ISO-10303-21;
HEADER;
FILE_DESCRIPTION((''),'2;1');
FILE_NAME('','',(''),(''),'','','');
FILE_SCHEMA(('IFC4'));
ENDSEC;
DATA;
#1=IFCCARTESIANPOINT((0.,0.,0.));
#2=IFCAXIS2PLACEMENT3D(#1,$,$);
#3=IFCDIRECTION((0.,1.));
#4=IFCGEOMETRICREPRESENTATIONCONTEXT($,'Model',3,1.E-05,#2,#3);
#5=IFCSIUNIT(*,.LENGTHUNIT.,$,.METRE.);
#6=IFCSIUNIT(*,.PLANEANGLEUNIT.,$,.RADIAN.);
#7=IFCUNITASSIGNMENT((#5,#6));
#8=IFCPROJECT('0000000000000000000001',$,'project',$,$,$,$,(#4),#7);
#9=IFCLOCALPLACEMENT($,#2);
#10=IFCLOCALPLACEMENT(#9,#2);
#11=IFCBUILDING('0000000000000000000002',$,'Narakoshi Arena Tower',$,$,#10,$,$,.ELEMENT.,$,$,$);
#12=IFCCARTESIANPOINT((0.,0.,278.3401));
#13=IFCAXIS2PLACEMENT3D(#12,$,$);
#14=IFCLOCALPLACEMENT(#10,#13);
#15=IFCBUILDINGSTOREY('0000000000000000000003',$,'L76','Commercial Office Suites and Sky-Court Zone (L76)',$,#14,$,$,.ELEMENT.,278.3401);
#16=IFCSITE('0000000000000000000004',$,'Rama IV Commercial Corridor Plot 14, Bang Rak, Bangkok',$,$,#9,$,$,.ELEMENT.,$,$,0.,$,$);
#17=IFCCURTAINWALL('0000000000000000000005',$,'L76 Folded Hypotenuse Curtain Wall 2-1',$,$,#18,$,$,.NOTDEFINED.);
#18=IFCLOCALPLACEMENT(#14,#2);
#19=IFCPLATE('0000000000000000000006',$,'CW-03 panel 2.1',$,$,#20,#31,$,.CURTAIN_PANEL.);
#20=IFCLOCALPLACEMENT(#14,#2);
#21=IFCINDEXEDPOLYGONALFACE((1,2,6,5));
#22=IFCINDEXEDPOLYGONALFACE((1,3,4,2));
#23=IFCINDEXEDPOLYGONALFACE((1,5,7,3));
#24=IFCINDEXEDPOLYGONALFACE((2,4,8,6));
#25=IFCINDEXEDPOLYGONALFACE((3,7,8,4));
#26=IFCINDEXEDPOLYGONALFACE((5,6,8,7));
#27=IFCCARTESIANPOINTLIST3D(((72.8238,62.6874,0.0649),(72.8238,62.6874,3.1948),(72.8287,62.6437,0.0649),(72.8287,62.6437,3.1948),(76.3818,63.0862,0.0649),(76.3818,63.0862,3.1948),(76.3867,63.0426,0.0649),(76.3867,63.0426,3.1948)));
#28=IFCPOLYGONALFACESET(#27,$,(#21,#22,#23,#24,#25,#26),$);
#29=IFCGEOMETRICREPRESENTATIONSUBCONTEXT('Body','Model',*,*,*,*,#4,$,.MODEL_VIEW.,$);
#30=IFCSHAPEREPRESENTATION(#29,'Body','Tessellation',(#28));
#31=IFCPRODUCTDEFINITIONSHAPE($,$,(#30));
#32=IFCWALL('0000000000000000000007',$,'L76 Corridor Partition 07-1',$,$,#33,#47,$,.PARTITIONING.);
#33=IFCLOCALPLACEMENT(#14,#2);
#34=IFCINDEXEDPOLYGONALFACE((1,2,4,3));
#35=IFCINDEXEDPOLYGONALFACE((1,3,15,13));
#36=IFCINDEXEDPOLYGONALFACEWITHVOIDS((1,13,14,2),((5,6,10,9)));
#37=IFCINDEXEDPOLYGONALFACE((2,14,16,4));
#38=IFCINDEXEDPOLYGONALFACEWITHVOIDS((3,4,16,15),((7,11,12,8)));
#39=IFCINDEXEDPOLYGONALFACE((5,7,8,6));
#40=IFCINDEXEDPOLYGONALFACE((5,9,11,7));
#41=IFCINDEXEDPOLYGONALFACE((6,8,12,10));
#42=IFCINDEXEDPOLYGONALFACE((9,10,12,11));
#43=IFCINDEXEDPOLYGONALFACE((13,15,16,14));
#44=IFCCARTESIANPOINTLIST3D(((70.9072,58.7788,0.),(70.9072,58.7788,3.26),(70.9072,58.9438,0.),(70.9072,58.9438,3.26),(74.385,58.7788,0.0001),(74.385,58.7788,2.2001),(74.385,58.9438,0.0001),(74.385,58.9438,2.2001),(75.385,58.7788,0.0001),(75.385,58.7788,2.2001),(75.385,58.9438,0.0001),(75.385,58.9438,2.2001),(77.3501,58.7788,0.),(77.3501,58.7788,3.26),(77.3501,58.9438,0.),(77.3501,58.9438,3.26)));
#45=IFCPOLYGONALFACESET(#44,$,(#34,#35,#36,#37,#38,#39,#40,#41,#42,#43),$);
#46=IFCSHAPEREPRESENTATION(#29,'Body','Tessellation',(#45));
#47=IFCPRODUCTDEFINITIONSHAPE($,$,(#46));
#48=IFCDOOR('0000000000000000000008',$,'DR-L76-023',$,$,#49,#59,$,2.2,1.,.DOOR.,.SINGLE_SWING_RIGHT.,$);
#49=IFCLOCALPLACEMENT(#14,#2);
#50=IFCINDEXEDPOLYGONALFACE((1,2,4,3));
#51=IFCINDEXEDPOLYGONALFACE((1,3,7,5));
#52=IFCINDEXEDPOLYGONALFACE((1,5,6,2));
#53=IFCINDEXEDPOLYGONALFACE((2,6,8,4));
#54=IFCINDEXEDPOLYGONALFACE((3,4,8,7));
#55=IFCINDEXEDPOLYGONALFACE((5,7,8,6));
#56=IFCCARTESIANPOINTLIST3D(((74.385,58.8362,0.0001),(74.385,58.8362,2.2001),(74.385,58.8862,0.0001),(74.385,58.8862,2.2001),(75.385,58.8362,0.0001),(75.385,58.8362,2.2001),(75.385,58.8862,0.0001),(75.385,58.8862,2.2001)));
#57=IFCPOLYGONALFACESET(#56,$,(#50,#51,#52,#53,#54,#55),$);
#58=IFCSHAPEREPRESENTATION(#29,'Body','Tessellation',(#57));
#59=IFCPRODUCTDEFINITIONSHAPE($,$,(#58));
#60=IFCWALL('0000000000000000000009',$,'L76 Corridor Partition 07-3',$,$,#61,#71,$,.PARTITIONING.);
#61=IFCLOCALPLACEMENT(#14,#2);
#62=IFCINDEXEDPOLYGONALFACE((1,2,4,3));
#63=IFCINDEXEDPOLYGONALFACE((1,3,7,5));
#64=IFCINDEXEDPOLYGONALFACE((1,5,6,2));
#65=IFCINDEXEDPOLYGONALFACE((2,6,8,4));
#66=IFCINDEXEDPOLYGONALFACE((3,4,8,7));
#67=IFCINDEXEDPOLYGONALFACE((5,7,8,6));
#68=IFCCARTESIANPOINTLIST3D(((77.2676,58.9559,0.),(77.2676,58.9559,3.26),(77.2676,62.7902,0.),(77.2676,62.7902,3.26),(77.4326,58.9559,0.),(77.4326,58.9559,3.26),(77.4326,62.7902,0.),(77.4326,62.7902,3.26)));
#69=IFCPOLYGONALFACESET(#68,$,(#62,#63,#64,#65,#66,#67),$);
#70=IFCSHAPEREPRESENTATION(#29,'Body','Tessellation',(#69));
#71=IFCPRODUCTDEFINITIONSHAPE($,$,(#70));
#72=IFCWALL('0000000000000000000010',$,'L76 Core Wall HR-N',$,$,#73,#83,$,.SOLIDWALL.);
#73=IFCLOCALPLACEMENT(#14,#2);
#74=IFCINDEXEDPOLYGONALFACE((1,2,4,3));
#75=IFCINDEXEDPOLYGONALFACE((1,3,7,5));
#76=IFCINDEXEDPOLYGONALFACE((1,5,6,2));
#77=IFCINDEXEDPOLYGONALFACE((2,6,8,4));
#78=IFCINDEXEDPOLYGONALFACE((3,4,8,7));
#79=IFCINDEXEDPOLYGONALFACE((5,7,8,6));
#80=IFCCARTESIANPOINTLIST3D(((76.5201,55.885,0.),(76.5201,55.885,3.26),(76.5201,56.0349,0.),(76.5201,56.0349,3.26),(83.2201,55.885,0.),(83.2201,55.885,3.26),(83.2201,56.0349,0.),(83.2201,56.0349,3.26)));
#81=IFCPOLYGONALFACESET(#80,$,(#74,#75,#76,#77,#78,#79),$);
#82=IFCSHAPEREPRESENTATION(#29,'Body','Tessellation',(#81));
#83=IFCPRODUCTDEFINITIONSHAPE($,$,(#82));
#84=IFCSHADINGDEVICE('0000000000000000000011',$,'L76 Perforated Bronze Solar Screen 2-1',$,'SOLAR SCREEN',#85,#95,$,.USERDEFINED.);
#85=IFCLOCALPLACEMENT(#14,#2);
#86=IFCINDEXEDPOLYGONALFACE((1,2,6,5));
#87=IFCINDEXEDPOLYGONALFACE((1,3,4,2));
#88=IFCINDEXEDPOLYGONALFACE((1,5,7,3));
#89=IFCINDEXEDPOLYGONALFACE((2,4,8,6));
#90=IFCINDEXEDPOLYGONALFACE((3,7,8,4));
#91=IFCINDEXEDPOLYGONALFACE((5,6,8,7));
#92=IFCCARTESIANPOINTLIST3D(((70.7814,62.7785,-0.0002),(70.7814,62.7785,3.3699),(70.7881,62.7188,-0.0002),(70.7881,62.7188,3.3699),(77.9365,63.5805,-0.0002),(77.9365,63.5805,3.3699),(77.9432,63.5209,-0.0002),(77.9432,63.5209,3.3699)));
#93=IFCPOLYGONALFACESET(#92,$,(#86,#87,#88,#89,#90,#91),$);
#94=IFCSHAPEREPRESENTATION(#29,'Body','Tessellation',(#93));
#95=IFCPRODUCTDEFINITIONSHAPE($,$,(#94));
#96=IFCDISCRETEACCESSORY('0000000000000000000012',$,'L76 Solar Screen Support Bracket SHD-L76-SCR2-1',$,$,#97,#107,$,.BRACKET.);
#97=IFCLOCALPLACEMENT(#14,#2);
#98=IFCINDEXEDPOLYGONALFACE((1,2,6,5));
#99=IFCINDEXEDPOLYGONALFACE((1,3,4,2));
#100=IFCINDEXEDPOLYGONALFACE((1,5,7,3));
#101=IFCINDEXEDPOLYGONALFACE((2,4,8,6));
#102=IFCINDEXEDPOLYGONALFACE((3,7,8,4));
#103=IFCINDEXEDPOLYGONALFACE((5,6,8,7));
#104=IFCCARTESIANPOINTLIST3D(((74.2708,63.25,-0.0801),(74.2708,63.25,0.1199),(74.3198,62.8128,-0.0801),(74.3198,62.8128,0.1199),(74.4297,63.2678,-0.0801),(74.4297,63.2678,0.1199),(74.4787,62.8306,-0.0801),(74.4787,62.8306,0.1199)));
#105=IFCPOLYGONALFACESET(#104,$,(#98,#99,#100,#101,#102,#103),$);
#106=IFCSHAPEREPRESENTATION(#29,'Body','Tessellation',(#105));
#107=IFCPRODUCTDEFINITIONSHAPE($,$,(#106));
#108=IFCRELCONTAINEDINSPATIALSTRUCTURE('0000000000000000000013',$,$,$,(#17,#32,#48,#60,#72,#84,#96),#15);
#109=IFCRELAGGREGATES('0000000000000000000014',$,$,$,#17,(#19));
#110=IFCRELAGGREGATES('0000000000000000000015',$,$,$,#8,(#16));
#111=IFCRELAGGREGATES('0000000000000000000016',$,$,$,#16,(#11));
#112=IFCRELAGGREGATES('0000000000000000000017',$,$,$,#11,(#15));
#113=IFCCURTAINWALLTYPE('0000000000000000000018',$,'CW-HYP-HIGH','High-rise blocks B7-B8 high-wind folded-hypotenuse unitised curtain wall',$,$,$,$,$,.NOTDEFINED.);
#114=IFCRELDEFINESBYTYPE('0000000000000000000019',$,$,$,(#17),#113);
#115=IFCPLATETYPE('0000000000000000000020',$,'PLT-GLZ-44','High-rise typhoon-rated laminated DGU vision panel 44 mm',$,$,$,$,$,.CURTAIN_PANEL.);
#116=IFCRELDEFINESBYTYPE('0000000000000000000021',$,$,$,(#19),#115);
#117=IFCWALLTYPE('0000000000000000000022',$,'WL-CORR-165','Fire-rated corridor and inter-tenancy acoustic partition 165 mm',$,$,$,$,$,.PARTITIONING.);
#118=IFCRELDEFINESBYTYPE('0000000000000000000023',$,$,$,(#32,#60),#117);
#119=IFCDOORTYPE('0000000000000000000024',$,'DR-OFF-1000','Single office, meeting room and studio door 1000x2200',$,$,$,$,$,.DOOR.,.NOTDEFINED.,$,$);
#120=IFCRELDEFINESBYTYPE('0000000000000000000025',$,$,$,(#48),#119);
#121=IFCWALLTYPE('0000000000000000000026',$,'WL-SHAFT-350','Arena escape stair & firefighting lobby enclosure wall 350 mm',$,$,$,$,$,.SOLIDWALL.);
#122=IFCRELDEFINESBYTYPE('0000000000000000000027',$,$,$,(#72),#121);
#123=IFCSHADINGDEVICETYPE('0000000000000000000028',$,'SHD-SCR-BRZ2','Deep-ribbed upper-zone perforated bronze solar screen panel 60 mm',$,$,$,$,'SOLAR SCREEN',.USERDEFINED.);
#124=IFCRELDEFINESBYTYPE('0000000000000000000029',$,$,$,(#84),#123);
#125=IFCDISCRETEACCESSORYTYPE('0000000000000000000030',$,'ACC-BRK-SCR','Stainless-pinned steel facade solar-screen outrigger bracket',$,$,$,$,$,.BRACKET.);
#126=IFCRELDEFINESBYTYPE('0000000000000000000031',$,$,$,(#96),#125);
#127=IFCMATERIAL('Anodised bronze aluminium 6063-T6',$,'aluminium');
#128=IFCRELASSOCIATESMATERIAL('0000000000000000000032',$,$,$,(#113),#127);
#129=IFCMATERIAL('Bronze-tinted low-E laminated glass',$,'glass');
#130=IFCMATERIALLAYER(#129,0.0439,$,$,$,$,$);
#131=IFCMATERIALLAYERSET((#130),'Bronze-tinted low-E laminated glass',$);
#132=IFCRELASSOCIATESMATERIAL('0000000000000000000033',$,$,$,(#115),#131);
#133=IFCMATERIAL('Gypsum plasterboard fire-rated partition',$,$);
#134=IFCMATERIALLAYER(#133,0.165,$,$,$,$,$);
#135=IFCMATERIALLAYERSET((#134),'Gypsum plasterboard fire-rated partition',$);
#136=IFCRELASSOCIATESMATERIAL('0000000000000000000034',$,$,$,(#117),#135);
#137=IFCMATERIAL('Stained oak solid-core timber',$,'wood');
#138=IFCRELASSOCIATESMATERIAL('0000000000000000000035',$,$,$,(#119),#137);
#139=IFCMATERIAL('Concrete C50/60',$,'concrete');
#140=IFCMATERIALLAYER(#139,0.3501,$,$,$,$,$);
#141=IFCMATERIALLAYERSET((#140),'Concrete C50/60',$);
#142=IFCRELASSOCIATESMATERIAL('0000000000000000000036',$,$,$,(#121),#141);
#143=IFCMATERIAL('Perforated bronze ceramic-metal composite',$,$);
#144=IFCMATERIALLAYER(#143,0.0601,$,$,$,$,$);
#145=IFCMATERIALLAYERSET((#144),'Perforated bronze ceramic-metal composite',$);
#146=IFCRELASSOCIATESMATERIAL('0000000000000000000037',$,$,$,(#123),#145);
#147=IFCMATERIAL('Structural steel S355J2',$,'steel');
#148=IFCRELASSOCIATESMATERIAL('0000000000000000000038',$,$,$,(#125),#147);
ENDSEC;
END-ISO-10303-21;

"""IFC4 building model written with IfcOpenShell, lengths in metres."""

from ifc_helpers import new_model, si_unit, direction, frame, frame_2d, origin, origin_2d, place, context, subcontext, project, spatial, rectangle, extrude, material, layer, layer_set, type_object, element, fill, aggregate, save


model = new_model("IFC4")

# Units and contexts
model_context = context("Model", 3, precision=1e-05, world=origin(), true_north=direction((0.0, 1.0)))
body_context = subcontext(model_context, "Body", "Model", "MODEL_VIEW")
ifc_project = project(units=[si_unit("LENGTHUNIT", "METRE"), si_unit("PLANEANGLEUNIT", "RADIAN")], contexts=[model_context])

# Site, building, storey
site_placement = place(None, origin())
site = spatial("IfcSite", under=ifc_project, at=site_placement, Name="Rama IV Commercial Corridor Plot 14, Bang Rak, Bangkok", CompositionType="ELEMENT", RefElevation=0.0)
building_placement = place(site_placement, origin())
building = spatial("IfcBuilding", under=site, at=building_placement, Name="Narakoshi Arena Tower", CompositionType="ELEMENT")
storey_placement = place(building_placement, frame((0.0, 0.0, 278.3401)))
storey = spatial("IfcBuildingStorey", under=building, at=storey_placement, Name="L76", Description="Commercial Office Suites and Sky-Court Zone (L76)", CompositionType="ELEMENT", Elevation=278.3401)

# Shared definitions
ifc_material_1 = material(Name="Structural steel S355J2", Category="steel")

# Curtain wall, plate
ifc_material_2 = material(Name="Anodised bronze aluminium 6063-T6", Category="aluminium")
curtain_wall_type = type_object("IfcCurtainWallType", Name="CW-HYP-HIGH", Description="High-rise blocks B7-B8 high-wind folded-hypotenuse unitised curtain wall", PredefinedType="NOTDEFINED", material=ifc_material_2)
curtain_wall_placement = place(storey_placement, origin())
curtain_wall = element("IfcCurtainWall", 1, at=curtain_wall_placement, inside=storey, type_object=curtain_wall_type, Name="L76 Folded Hypotenuse Curtain Wall 2-1", PredefinedType="NOTDEFINED")
ifc_material_3 = material(Name="Bronze-tinted low-E laminated glass", Category="glass")
ifc_layer_1 = layer(ifc_material_3, 0.0439)
ifc_layer_set_1 = layer_set([ifc_layer_1], Name="Bronze-tinted low-E laminated glass")
plate_type = type_object("IfcPlateType", Name="PLT-GLZ-44", Description="High-rise typhoon-rated laminated DGU vision panel 44 mm", PredefinedType="CURTAIN_PANEL", material=ifc_layer_set_1)
plate_1_placement = place(storey_placement, frame((74.6052, 62.865, 0.0649), z_axis=(0.0, 0.0, 1.0), x_axis=(-0.993776, -0.111396, 0.0)))
plate_1 = element("IfcPlate", 2, at=plate_1_placement, type_object=plate_type, Name="CW-03 panel 2.1", PredefinedType="CURTAIN_PANEL", context=body_context, shape_type="SweptSolid", body=[
    extrude(rectangle(XDim=3.5803, YDim=0.0439, at=origin_2d()), origin(), (0.0, 0.0, 1.0), 3.1299),
])
aggregate(curtain_wall, [plate_1])

# Wall, opening, door
ifc_material_4 = material(Name="Gypsum plasterboard fire-rated partition")
ifc_layer_2 = layer(ifc_material_4, 0.165)
ifc_layer_set_2 = layer_set([ifc_layer_2], Name="Gypsum plasterboard fire-rated partition")
wall_type_1 = type_object("IfcWallType", Name="WL-CORR-165", Description="Fire-rated corridor and inter-tenancy acoustic partition 165 mm", PredefinedType="PARTITIONING", material=ifc_layer_set_2)
wall_1_placement = place(storey_placement, frame((77.3501, 58.8613, 0.0), z_axis=(0.0, 0.0, 1.0), x_axis=(-1.0, 0.0, 0.0)))
wall_1 = element("IfcWall", 3, at=wall_1_placement, inside=storey, type_object=wall_type_1, Name="L76 Corridor Partition 07-1", PredefinedType="PARTITIONING", context=body_context, shape_type="SweptSolid", body=[
    extrude(rectangle(XDim=6.4429, YDim=0.165, at=frame_2d((3.2214, 0.0))), origin(), (0.0, 0.0, 1.0), 3.26),
])
opening_placement = place(wall_1_placement, frame((1.9651, 0.0, 0.0)))
opening = element("IfcOpeningElement", 4, at=opening_placement, cuts=wall_1, PredefinedType="OPENING", context=body_context, shape_type="SweptSolid", body=[
    extrude(rectangle(XDim=1.0, YDim=2.2, at=frame_2d((0.5, 1.1001))), frame((0.0, 0.0925, 0.0), z_axis=(0.0, -1.0, 0.0), x_axis=(1.0, 0.0, 0.0)), (0.0, 0.0, 1.0), 0.1851),
])
ifc_material_5 = material(Name="Stained oak solid-core timber", Category="wood")
door_type = type_object("IfcDoorType", Name="DR-OFF-1000", Description="Single office, meeting room and studio door 1000x2200", OperationType="NOTDEFINED", PredefinedType="DOOR", material=ifc_material_5)
door_placement = place(opening_placement, frame((1.0, 0.0, 0.0), z_axis=(0.0, 0.0, 1.0), x_axis=(-1.0, 0.0, 0.0)))
door = element("IfcDoor", 5, at=door_placement, inside=storey, type_object=door_type, Name="DR-L76-023", OperationType="SINGLE_SWING_RIGHT", OverallHeight=2.2, OverallWidth=1.0, PredefinedType="DOOR", context=body_context, shape_type="SweptSolid", body=[
    extrude(rectangle(XDim=1.0, YDim=2.2, at=frame_2d((0.5, 1.1001))), frame((0.0, 0.0249, 0.0), z_axis=(0.0, -1.0, 0.0), x_axis=(1.0, 0.0, 0.0)), (0.0, 0.0, 1.0), 0.05),
])
fill(opening, door)

# Walls
wall_2_placement = place(storey_placement, frame((77.3501, 62.79, 0.0), z_axis=(0.0, 0.0, 1.0), x_axis=(0.0, -1.0, 0.0)))
element("IfcWall", 6, at=wall_2_placement, inside=storey, type_object=wall_type_1, Name="L76 Corridor Partition 07-3", PredefinedType="PARTITIONING", context=body_context, shape_type="SweptSolid", body=[
    extrude(rectangle(XDim=3.8342, YDim=0.165, at=frame_2d((1.917, 0.0))), origin(), (0.0, 0.0, 1.0), 3.26),
])
ifc_material_6 = material(Name="Concrete C50/60", Category="concrete")
ifc_layer_3 = layer(ifc_material_6, 0.3501)
ifc_layer_set_3 = layer_set([ifc_layer_3], Name="Concrete C50/60")
wall_type_2 = type_object("IfcWallType", Name="WL-SHAFT-350", Description="Arena escape stair & firefighting lobby enclosure wall 350 mm", PredefinedType="SOLIDWALL", material=ifc_layer_set_3)
wall_3_placement = place(storey_placement, frame((76.52, 55.96, 0.0), z_axis=(0.0, 0.0, 1.0), x_axis=(1.0, 0.0, 0.0)))
element("IfcWall", 7, at=wall_3_placement, inside=storey, type_object=wall_type_2, Name="L76 Core Wall HR-N", PredefinedType="SOLIDWALL", context=body_context, shape_type="SweptSolid", body=[
    extrude(rectangle(XDim=6.7, YDim=0.1499, at=frame_2d((3.3501, 0.0))), origin(), (0.0, 0.0, 1.0), 3.26),
])

# Shading device
ifc_material_7 = material(Name="Perforated bronze ceramic-metal composite")
ifc_layer_4 = layer(ifc_material_7, 0.0601)
ifc_layer_set_4 = layer_set([ifc_layer_4], Name="Perforated bronze ceramic-metal composite")
shading_device_type = type_object("IfcShadingDeviceType", Name="SHD-SCR-BRZ2", Description="Deep-ribbed upper-zone perforated bronze solar screen panel 60 mm", ElementType="SOLAR SCREEN", PredefinedType="USERDEFINED", material=ifc_layer_set_4)
shading_device_placement = place(storey_placement, frame((74.3623, 63.1497, -0.0002), z_axis=(0.0, 0.0, 1.0), x_axis=(-0.993776, -0.1114, 0.0)))
element("IfcShadingDevice", 8, at=shading_device_placement, inside=storey, type_object=shading_device_type, Name="L76 Perforated Bronze Solar Screen 2-1", ObjectType="SOLAR SCREEN", PredefinedType="USERDEFINED", context=body_context, shape_type="SweptSolid", body=[
    extrude(rectangle(XDim=7.2, YDim=0.0601, at=origin_2d()), origin(), (0.0, 0.0, 1.0), 3.3701),
])

# Discrete accessory
discrete_accessory_type = type_object("IfcDiscreteAccessoryType", Name="ACC-BRK-SCR", Description="Stainless-pinned steel facade solar-screen outrigger bracket", PredefinedType="BRACKET", material=ifc_material_1)
discrete_accessory_placement = place(storey_placement, frame((74.3748, 63.0403, -0.0801), z_axis=(0.0, 0.0, 1.0), x_axis=(-0.993776, -0.1114, 0.0)))
element("IfcDiscreteAccessory", 9, at=discrete_accessory_placement, inside=storey, type_object=discrete_accessory_type, Name="L76 Solar Screen Support Bracket SHD-L76-SCR2-1", PredefinedType="BRACKET", context=body_context, shape_type="SweptSolid", body=[
    extrude(rectangle(XDim=0.1599, YDim=0.4399, at=origin_2d()), origin(), (0.0, 0.0, 1.0), 0.2),
])

save(model, "model.ifc")
